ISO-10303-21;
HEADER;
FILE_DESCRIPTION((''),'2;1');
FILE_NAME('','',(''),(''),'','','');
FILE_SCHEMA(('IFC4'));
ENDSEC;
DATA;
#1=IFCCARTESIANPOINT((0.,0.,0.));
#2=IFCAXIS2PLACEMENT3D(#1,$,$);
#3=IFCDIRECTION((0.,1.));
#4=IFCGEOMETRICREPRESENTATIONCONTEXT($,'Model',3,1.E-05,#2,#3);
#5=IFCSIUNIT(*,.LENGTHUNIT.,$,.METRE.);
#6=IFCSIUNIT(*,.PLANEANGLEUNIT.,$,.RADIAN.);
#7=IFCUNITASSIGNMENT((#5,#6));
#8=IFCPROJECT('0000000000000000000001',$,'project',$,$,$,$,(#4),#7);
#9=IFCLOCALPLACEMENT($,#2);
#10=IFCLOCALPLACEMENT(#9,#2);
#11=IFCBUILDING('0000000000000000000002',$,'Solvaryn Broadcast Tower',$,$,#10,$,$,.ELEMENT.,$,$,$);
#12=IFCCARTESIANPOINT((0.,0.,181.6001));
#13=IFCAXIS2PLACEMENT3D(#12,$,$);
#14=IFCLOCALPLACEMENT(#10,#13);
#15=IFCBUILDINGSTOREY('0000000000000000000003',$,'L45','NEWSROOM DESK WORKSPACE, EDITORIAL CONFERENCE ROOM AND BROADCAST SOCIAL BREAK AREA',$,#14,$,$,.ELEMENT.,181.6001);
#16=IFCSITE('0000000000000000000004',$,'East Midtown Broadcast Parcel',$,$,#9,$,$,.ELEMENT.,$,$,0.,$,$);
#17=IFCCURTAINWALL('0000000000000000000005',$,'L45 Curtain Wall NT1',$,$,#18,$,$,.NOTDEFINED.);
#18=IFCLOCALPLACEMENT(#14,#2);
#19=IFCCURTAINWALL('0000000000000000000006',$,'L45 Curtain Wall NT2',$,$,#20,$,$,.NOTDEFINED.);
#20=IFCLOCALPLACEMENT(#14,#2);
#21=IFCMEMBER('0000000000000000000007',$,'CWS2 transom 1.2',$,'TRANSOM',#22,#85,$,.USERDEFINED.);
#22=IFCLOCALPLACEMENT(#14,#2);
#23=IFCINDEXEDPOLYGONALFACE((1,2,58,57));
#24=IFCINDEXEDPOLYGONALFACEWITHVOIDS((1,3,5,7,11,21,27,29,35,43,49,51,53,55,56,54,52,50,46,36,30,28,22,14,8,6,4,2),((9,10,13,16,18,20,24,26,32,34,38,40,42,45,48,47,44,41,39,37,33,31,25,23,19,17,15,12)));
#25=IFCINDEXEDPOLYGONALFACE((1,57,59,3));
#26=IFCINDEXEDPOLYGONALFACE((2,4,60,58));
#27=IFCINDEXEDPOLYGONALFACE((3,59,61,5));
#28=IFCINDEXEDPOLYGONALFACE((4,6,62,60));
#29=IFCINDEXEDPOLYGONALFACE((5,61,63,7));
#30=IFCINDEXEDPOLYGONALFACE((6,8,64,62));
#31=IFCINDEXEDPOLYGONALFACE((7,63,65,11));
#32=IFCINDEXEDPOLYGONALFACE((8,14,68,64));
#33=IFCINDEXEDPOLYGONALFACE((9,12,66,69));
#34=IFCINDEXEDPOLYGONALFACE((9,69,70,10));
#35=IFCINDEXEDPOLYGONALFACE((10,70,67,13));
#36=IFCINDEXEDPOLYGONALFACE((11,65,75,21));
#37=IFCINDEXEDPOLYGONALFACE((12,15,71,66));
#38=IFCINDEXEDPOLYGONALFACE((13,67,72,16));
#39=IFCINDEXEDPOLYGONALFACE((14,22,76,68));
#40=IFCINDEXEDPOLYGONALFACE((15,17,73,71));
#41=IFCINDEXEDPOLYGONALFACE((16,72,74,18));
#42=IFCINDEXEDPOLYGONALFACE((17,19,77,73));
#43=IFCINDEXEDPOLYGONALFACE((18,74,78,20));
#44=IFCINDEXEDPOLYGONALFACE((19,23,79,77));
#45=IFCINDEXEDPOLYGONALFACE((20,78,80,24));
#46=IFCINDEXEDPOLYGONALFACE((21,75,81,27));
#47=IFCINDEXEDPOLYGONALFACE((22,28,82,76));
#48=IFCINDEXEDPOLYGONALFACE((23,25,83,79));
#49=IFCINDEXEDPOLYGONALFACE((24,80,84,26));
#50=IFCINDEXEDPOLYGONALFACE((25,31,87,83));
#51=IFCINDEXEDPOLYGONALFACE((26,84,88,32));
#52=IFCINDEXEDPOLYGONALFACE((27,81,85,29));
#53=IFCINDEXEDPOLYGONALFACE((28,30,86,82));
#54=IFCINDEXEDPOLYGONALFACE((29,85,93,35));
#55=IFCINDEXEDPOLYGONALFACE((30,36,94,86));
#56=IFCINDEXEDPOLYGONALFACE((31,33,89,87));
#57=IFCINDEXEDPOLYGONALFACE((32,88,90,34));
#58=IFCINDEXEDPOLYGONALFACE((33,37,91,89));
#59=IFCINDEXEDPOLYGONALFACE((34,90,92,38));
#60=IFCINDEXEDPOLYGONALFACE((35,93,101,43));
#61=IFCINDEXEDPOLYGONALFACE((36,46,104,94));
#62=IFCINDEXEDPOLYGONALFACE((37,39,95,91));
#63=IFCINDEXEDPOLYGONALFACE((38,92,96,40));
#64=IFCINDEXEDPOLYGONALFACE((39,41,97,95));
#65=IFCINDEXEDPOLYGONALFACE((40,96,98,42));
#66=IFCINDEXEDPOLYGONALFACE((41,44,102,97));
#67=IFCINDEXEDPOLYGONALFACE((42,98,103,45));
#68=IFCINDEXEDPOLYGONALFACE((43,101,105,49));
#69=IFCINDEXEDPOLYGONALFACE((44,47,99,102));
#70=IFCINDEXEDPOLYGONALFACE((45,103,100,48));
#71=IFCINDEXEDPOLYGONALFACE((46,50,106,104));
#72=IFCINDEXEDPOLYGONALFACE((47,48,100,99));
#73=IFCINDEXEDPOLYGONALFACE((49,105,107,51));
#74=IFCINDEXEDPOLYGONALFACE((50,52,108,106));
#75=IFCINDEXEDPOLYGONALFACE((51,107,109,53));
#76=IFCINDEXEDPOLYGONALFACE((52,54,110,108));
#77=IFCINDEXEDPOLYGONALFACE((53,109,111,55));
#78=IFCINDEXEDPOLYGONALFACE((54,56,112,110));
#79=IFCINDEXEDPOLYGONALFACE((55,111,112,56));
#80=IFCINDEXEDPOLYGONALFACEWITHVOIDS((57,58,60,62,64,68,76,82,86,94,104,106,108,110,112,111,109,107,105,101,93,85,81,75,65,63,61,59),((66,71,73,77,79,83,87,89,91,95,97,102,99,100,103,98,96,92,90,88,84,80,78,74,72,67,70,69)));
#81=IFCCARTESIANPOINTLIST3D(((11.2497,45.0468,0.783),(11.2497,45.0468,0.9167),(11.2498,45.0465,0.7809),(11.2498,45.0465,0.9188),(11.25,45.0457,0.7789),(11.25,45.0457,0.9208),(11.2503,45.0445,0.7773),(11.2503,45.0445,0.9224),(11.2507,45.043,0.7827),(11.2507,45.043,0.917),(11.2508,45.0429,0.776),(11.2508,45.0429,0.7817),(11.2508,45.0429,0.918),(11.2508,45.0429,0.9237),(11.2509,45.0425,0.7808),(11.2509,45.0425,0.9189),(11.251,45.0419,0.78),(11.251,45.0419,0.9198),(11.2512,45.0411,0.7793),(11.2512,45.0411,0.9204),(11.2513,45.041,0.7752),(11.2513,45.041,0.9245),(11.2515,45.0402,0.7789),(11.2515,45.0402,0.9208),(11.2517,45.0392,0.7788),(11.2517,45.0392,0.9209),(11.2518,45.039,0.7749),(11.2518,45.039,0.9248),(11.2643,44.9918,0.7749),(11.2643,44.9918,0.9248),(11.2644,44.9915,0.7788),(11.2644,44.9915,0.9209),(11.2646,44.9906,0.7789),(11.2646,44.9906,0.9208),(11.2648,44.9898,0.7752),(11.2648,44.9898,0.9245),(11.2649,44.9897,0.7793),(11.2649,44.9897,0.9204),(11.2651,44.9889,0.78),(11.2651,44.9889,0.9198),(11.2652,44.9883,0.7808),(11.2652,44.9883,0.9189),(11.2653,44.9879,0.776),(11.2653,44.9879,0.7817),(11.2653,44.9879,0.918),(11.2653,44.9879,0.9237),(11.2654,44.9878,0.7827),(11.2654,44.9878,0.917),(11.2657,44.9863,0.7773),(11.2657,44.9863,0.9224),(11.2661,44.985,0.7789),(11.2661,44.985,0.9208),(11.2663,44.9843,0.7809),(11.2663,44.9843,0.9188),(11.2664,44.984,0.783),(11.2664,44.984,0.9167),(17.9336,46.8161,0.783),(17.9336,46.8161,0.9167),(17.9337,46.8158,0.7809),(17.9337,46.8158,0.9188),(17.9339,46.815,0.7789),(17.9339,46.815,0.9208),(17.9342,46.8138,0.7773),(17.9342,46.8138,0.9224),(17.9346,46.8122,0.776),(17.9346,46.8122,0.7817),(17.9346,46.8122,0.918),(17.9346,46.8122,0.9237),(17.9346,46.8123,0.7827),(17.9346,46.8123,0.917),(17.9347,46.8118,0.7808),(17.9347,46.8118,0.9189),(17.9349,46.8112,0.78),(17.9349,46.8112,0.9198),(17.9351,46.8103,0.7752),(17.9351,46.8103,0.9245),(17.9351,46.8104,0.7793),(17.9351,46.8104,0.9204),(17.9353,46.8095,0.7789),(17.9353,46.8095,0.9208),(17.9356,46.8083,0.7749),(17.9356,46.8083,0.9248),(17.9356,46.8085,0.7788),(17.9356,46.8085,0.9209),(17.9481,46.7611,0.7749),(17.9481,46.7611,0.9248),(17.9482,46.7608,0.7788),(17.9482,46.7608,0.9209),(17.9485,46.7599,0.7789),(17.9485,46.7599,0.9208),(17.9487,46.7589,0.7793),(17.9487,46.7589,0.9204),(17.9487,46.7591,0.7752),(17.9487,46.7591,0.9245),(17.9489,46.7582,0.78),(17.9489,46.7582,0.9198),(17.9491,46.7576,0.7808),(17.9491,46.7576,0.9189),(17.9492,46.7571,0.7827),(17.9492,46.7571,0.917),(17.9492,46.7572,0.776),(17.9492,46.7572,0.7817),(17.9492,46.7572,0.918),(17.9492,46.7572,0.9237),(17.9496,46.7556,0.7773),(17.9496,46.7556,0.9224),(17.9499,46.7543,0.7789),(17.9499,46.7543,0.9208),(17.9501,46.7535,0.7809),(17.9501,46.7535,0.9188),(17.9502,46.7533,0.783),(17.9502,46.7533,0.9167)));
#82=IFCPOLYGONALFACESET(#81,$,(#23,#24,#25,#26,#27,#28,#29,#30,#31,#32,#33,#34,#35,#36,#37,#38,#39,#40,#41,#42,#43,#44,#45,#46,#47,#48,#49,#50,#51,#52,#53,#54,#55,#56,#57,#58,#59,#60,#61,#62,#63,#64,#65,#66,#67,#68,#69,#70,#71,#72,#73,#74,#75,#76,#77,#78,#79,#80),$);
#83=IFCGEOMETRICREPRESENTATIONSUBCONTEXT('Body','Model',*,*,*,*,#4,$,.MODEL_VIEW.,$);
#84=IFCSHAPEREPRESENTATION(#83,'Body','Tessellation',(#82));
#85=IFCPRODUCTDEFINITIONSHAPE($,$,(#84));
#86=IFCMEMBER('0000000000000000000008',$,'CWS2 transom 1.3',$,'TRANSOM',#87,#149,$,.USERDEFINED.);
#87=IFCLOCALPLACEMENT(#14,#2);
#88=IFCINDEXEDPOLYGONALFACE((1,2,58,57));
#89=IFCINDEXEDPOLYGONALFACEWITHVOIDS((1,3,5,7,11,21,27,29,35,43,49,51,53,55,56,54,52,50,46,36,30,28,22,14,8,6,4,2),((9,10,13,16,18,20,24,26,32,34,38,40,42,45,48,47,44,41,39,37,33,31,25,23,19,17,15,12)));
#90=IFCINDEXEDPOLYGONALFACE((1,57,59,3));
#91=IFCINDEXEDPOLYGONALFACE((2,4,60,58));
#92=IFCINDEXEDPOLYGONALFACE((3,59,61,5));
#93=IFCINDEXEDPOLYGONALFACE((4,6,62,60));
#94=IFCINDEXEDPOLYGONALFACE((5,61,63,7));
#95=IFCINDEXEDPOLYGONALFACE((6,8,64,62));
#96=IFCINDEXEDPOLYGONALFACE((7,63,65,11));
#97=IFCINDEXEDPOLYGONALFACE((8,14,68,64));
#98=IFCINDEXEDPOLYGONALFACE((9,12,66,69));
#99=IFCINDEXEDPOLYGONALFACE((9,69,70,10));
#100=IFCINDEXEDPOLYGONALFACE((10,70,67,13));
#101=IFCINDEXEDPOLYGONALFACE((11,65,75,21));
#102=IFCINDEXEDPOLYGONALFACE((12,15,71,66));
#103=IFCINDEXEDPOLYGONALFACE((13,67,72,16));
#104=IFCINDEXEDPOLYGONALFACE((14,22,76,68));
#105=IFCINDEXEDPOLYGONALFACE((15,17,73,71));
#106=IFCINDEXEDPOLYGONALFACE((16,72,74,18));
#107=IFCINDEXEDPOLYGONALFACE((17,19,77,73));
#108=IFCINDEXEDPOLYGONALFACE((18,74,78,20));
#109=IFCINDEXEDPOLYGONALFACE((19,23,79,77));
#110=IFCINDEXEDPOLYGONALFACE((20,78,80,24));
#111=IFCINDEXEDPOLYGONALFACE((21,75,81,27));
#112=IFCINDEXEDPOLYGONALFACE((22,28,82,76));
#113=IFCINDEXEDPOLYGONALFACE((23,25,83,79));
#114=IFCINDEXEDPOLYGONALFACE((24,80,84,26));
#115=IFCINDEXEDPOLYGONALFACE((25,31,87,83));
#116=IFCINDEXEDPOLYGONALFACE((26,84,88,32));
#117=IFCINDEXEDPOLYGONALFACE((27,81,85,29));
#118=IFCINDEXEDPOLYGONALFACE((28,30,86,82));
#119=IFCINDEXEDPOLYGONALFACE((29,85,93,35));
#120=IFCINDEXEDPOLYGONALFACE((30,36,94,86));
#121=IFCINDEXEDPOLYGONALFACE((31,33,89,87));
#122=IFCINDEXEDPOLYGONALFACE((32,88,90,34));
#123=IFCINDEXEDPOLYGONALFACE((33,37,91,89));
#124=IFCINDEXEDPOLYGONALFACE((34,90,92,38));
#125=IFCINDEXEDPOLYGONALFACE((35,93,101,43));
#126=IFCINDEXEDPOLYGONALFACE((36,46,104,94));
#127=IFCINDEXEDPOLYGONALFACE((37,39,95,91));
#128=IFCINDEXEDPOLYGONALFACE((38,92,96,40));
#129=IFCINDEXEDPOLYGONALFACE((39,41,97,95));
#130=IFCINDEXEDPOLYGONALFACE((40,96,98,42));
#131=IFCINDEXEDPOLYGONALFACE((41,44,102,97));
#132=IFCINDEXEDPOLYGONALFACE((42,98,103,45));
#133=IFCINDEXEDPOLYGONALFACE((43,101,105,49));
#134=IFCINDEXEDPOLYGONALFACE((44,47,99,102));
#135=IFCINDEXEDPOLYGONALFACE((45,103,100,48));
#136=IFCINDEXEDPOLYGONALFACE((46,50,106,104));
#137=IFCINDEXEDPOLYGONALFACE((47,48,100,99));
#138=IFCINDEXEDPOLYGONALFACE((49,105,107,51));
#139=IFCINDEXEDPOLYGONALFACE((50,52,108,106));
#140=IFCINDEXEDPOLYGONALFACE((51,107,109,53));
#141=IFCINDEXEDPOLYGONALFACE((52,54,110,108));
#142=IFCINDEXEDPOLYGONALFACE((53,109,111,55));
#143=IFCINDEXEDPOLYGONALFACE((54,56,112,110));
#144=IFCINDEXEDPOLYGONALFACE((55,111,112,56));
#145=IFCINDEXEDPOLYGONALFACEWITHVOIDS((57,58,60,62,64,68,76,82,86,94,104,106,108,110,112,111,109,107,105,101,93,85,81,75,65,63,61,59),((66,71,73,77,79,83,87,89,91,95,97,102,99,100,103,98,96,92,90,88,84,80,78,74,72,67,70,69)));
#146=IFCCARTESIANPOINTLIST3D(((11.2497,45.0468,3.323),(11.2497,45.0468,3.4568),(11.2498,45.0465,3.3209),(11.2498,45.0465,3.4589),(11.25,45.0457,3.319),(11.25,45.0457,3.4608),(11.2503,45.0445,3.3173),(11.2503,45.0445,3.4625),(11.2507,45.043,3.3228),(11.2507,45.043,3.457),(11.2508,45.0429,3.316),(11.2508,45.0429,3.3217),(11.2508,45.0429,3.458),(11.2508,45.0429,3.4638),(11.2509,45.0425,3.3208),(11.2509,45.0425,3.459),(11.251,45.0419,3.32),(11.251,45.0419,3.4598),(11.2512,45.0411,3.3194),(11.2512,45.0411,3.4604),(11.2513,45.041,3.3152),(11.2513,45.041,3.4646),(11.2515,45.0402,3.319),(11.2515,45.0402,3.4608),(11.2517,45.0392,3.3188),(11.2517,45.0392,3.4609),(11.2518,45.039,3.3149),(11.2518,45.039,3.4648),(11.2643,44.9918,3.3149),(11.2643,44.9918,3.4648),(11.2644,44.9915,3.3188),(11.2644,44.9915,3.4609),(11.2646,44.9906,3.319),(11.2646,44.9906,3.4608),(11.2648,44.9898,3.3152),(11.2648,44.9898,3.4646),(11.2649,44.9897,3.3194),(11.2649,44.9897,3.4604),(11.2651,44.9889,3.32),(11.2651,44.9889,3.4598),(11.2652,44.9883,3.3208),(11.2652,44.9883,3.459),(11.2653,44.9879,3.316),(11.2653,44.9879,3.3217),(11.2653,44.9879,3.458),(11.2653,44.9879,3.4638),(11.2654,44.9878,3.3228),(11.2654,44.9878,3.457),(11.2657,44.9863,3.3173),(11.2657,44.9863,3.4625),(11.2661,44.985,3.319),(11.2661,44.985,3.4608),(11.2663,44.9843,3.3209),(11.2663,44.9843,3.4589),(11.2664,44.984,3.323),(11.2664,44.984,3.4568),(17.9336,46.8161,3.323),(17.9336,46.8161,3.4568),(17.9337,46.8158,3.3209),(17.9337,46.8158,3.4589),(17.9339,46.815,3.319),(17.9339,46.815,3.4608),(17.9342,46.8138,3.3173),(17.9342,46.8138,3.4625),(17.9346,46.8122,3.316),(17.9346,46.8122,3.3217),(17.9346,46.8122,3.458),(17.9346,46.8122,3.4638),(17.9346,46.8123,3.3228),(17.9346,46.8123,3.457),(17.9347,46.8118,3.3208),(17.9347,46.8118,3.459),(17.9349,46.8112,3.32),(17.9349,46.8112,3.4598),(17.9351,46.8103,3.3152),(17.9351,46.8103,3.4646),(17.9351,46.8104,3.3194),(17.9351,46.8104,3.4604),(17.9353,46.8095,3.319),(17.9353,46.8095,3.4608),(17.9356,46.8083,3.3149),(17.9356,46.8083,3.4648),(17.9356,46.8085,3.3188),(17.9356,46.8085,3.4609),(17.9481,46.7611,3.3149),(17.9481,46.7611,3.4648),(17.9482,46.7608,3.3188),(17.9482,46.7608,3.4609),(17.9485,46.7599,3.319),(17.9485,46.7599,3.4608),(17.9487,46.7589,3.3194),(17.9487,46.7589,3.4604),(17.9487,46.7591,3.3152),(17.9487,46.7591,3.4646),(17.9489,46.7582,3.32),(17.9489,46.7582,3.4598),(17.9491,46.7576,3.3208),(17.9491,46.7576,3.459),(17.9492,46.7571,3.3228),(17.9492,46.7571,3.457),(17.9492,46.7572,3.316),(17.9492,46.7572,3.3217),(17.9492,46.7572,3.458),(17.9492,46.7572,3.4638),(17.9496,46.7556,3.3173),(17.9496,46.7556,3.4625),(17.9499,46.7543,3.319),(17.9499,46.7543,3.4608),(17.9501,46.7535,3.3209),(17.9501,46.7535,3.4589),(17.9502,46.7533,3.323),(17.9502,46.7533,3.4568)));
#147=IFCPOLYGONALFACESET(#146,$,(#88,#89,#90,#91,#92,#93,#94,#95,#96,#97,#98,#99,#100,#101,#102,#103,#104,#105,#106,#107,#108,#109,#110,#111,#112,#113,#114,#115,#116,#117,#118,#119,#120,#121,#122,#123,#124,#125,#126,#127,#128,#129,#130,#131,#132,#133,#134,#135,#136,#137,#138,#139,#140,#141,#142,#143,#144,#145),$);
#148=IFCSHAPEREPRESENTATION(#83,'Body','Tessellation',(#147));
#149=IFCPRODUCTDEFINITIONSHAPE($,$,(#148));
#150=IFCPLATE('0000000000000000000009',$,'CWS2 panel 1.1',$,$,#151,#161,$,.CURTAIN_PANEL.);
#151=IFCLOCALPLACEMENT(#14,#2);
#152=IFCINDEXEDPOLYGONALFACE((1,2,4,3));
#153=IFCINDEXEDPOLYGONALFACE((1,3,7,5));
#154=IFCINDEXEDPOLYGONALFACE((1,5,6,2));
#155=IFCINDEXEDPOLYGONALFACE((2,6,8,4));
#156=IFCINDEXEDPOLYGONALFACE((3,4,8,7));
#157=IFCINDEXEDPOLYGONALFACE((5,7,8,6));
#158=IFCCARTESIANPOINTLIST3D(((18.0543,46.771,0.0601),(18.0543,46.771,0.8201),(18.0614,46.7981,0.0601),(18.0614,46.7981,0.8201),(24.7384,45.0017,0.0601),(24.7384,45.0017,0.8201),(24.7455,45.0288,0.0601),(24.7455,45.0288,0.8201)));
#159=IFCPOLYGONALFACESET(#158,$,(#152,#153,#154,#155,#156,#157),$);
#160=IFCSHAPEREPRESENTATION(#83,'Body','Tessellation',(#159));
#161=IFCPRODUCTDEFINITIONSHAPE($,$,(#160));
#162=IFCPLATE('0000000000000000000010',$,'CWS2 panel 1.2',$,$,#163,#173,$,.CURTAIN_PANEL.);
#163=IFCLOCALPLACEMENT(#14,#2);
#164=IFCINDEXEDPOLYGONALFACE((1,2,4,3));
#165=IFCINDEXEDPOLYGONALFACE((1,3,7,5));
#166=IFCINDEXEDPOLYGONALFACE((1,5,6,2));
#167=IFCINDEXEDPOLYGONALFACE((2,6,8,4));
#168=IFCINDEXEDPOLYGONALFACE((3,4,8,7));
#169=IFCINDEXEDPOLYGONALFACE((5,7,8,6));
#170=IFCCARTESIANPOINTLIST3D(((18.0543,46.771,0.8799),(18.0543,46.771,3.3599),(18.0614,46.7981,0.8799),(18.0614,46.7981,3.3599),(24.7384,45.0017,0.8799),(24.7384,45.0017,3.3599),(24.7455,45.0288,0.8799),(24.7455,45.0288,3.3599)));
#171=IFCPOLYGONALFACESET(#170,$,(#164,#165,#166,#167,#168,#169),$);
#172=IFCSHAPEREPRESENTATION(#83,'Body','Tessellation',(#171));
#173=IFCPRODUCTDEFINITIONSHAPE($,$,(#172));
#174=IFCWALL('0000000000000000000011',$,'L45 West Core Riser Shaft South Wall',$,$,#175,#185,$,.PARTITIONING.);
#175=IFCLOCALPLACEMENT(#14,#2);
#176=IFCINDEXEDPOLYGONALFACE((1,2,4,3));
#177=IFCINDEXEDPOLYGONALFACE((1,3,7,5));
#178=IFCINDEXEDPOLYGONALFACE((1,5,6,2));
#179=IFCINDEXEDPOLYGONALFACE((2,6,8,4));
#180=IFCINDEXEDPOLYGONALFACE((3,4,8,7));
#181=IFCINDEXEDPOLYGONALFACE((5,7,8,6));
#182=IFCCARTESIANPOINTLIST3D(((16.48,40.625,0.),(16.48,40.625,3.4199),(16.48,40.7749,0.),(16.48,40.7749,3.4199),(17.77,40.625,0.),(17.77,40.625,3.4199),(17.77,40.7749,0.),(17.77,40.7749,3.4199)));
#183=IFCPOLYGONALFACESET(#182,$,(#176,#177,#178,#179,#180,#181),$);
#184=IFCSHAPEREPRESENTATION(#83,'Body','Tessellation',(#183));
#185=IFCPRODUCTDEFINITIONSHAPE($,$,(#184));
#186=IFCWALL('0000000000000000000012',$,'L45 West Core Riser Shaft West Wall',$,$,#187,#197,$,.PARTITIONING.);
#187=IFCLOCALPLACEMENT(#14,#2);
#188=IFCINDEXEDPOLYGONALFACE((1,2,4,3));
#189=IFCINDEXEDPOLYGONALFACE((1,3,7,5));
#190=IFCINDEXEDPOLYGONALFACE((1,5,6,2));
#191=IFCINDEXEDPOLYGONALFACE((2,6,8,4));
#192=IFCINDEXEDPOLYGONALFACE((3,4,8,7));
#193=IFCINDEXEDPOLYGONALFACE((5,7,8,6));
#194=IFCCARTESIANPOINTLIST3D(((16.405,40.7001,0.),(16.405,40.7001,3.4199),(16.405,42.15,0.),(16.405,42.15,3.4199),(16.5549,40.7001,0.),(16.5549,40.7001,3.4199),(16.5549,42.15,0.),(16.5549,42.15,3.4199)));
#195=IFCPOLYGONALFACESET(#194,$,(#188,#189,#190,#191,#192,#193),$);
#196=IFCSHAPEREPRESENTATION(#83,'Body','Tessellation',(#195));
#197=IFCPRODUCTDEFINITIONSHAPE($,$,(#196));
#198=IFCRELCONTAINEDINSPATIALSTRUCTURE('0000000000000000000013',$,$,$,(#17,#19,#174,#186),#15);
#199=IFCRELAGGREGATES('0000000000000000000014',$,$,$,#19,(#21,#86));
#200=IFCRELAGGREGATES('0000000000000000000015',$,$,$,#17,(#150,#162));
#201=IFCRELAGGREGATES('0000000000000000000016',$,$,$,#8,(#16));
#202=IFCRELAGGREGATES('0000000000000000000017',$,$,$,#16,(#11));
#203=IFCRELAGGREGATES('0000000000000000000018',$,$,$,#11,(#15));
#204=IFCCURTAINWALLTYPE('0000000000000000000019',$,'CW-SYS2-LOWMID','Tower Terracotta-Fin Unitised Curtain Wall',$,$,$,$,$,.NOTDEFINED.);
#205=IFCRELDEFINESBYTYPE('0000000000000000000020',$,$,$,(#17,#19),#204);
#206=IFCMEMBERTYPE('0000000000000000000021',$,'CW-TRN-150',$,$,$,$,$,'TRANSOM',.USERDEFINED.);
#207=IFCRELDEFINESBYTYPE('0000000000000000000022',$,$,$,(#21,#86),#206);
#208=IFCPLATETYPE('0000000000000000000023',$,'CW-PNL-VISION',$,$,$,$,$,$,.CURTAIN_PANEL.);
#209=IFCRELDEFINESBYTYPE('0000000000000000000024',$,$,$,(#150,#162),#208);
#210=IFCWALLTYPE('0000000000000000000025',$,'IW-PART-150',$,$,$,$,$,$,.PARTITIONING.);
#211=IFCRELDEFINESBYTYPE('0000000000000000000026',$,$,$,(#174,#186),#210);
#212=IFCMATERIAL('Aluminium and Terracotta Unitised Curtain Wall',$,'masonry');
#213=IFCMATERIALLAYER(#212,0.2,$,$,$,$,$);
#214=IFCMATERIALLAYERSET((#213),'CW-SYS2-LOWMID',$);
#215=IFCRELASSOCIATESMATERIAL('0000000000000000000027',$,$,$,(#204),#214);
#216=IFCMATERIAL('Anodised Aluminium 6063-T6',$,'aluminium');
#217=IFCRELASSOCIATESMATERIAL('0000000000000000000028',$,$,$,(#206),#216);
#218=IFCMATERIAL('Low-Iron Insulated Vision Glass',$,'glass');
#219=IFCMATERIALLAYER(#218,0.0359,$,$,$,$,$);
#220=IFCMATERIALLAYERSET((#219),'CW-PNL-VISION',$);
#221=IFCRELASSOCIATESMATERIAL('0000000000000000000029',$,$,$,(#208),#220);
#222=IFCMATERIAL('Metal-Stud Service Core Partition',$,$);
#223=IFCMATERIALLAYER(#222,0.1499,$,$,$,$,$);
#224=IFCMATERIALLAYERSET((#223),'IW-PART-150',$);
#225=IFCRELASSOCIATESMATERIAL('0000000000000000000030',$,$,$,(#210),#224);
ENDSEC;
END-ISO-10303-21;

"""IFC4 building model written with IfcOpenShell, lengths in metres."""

from ifc_helpers import new_model, si_unit, direction, frame, frame_2d, origin, origin_2d, place, context, subcontext, project, spatial, rectangle, hollow_rectangle, extrude, material, layer, layer_set, material_profile, profile_set, type_object, element, aggregate, save


model = new_model("IFC4")

# Units and contexts
model_context = context("Model", 3, precision=1e-05, world=origin(), true_north=direction((0.0, 1.0)))
body_context = subcontext(model_context, "Body", "Model", "MODEL_VIEW")
ifc_project = project(units=[si_unit("LENGTHUNIT", "METRE"), si_unit("PLANEANGLEUNIT", "RADIAN")], contexts=[model_context])

# Site, building, storey
site_placement = place(None, origin())
site = spatial("IfcSite", under=ifc_project, at=site_placement, Name="East Midtown Broadcast Parcel", CompositionType="ELEMENT", RefElevation=0.0)
building_placement = place(site_placement, origin())
building = spatial("IfcBuilding", under=site, at=building_placement, Name="Solvaryn Broadcast Tower", CompositionType="ELEMENT")
storey_placement = place(building_placement, frame((0.0, 0.0, 181.6001)))
storey = spatial("IfcBuildingStorey", under=building, at=storey_placement, Name="L45", Description="NEWSROOM DESK WORKSPACE, EDITORIAL CONFERENCE ROOM AND BROADCAST SOCIAL BREAK AREA", CompositionType="ELEMENT", Elevation=181.6001)

# Curtain wall
ifc_material_1 = material(Name="Aluminium and Terracotta Unitised Curtain Wall", Category="masonry")
ifc_layer_1 = layer(ifc_material_1, 0.2)
ifc_layer_set_1 = layer_set([ifc_layer_1], Name="CW-SYS2-LOWMID")
curtain_wall_type = type_object("IfcCurtainWallType", Name="CW-SYS2-LOWMID", Description="Tower Terracotta-Fin Unitised Curtain Wall", PredefinedType="NOTDEFINED", material=ifc_layer_set_1)
curtain_wall_1_placement = place(storey_placement, origin())
curtain_wall_1 = element("IfcCurtainWall", 1, at=curtain_wall_1_placement, inside=storey, type_object=curtain_wall_type, Name="L45 Curtain Wall NT1", PredefinedType="NOTDEFINED")

# Curtain wall, members
curtain_wall_2_placement = place(storey_placement, origin())
curtain_wall_2 = element("IfcCurtainWall", 2, at=curtain_wall_2_placement, inside=storey, type_object=curtain_wall_type, Name="L45 Curtain Wall NT2", PredefinedType="NOTDEFINED")
ifc_material_2 = material(Name="Anodised Aluminium 6063-T6", Category="aluminium")
ifc_material_profile_1 = material_profile(ifc_material_2, hollow_rectangle(XDim=0.0649, YDim=0.1499, WallThickness=0.0039, InnerFilletRadius=0.0039, OuterFilletRadius=0.0081, at=origin_2d()))
ifc_profile_set_1 = profile_set([ifc_material_profile_1], Name="Anodised Aluminium 6063-T6")
member_type_1 = type_object("IfcMemberType", Name="CW-TRN-150", ElementType="TRANSOM", PredefinedType="USERDEFINED", material=ifc_profile_set_1)
member_1_placement = place(storey_placement, frame((17.9419, 46.7847, 0.8499), z_axis=(-0.966704, -0.255897, 0.0), x_axis=(0.255897, -0.966704, 0.0)))
member_1 = element("IfcMember", 3, at=member_1_placement, type_object=member_type_1, Name="CWS2 transom 1.2", ObjectType="TRANSOM", PredefinedType="USERDEFINED", context=body_context, shape_type="SweptSolid", body=[
    extrude(hollow_rectangle(XDim=0.0649, YDim=0.1499, WallThickness=0.0039, InnerFilletRadius=0.0039, OuterFilletRadius=0.0081, at=origin_2d()), origin(), (0.0, 0.0, 1.0), 6.9141),
])
member_2_placement = place(storey_placement, frame((17.9419, 46.7847, 3.3899), z_axis=(-0.966704, -0.255897, 0.0), x_axis=(0.255897, -0.966704, 0.0)))
member_2 = element("IfcMember", 4, at=member_2_placement, type_object=member_type_1, Name="CWS2 transom 1.3", ObjectType="TRANSOM", PredefinedType="USERDEFINED", context=body_context, shape_type="SweptSolid", body=[
    extrude(hollow_rectangle(XDim=0.0649, YDim=0.1499, WallThickness=0.0039, InnerFilletRadius=0.0039, OuterFilletRadius=0.0081, at=origin_2d()), origin(), (0.0, 0.0, 1.0), 6.9141),
])
aggregate(curtain_wall_2, [member_1, member_2])

# Plates
ifc_material_3 = material(Name="Low-Iron Insulated Vision Glass", Category="glass")
ifc_layer_2 = layer(ifc_material_3, 0.0359)
ifc_layer_set_2 = layer_set([ifc_layer_2], Name="CW-PNL-VISION")
plate_type = type_object("IfcPlateType", Name="CW-PNL-VISION", PredefinedType="CURTAIN_PANEL", material=ifc_layer_set_2)
plate_1_placement = place(storey_placement, frame((21.3999, 45.8999, 0.0601), z_axis=(0.0, 0.0, 1.0), x_axis=(-0.966705, 0.255893, 0.0)))
plate_1 = element("IfcPlate", 5, at=plate_1_placement, type_object=plate_type, Name="CWS2 panel 1.1", PredefinedType="CURTAIN_PANEL", context=body_context, shape_type="SweptSolid", body=[
    extrude(rectangle(XDim=6.9143, YDim=0.0281, at=origin_2d()), origin(), (0.0, 0.0, 1.0), 0.76),
])
plate_2_placement = place(storey_placement, frame((21.3999, 45.8999, 0.8799), z_axis=(0.0, 0.0, 1.0), x_axis=(-0.966705, 0.255893, 0.0)))
plate_2 = element("IfcPlate", 6, at=plate_2_placement, type_object=plate_type, Name="CWS2 panel 1.2", PredefinedType="CURTAIN_PANEL", context=body_context, shape_type="SweptSolid", body=[
    extrude(rectangle(XDim=6.9143, YDim=0.0281, at=origin_2d()), origin(), (0.0, 0.0, 1.0), 2.48),
])
aggregate(curtain_wall_1, [plate_1, plate_2])

# Walls
ifc_material_4 = material(Name="Metal-Stud Service Core Partition")
ifc_layer_3 = layer(ifc_material_4, 0.1499)
ifc_layer_set_3 = layer_set([ifc_layer_3], Name="IW-PART-150")
wall_type_1 = type_object("IfcWallType", Name="IW-PART-150", PredefinedType="PARTITIONING", material=ifc_layer_set_3)
wall_1_placement = place(storey_placement, frame((16.48, 40.7, 0.0), z_axis=(0.0, 0.0, 1.0), x_axis=(1.0, 0.0, 0.0)))
element("IfcWall", 7, at=wall_1_placement, inside=storey, type_object=wall_type_1, Name="L45 West Core Riser Shaft South Wall", PredefinedType="PARTITIONING", context=body_context, shape_type="SweptSolid", body=[
    extrude(rectangle(XDim=1.29, YDim=0.1499, at=frame_2d((0.645, 0.0))), origin(), (0.0, 0.0, 1.0), 3.4199),
])
wall_2_placement = place(storey_placement, frame((16.48, 40.7, 0.0), z_axis=(0.0, 0.0, 1.0), x_axis=(0.0, 1.0, 0.0)))
element("IfcWall", 8, at=wall_2_placement, inside=storey, type_object=wall_type_1, Name="L45 West Core Riser Shaft West Wall", PredefinedType="PARTITIONING", context=body_context, shape_type="SweptSolid", body=[
    extrude(rectangle(XDim=1.45, YDim=0.1499, at=frame_2d((0.7251, 0.0))), origin(), (0.0, 0.0, 1.0), 3.4199),
])

save(model, "model.ifc")
